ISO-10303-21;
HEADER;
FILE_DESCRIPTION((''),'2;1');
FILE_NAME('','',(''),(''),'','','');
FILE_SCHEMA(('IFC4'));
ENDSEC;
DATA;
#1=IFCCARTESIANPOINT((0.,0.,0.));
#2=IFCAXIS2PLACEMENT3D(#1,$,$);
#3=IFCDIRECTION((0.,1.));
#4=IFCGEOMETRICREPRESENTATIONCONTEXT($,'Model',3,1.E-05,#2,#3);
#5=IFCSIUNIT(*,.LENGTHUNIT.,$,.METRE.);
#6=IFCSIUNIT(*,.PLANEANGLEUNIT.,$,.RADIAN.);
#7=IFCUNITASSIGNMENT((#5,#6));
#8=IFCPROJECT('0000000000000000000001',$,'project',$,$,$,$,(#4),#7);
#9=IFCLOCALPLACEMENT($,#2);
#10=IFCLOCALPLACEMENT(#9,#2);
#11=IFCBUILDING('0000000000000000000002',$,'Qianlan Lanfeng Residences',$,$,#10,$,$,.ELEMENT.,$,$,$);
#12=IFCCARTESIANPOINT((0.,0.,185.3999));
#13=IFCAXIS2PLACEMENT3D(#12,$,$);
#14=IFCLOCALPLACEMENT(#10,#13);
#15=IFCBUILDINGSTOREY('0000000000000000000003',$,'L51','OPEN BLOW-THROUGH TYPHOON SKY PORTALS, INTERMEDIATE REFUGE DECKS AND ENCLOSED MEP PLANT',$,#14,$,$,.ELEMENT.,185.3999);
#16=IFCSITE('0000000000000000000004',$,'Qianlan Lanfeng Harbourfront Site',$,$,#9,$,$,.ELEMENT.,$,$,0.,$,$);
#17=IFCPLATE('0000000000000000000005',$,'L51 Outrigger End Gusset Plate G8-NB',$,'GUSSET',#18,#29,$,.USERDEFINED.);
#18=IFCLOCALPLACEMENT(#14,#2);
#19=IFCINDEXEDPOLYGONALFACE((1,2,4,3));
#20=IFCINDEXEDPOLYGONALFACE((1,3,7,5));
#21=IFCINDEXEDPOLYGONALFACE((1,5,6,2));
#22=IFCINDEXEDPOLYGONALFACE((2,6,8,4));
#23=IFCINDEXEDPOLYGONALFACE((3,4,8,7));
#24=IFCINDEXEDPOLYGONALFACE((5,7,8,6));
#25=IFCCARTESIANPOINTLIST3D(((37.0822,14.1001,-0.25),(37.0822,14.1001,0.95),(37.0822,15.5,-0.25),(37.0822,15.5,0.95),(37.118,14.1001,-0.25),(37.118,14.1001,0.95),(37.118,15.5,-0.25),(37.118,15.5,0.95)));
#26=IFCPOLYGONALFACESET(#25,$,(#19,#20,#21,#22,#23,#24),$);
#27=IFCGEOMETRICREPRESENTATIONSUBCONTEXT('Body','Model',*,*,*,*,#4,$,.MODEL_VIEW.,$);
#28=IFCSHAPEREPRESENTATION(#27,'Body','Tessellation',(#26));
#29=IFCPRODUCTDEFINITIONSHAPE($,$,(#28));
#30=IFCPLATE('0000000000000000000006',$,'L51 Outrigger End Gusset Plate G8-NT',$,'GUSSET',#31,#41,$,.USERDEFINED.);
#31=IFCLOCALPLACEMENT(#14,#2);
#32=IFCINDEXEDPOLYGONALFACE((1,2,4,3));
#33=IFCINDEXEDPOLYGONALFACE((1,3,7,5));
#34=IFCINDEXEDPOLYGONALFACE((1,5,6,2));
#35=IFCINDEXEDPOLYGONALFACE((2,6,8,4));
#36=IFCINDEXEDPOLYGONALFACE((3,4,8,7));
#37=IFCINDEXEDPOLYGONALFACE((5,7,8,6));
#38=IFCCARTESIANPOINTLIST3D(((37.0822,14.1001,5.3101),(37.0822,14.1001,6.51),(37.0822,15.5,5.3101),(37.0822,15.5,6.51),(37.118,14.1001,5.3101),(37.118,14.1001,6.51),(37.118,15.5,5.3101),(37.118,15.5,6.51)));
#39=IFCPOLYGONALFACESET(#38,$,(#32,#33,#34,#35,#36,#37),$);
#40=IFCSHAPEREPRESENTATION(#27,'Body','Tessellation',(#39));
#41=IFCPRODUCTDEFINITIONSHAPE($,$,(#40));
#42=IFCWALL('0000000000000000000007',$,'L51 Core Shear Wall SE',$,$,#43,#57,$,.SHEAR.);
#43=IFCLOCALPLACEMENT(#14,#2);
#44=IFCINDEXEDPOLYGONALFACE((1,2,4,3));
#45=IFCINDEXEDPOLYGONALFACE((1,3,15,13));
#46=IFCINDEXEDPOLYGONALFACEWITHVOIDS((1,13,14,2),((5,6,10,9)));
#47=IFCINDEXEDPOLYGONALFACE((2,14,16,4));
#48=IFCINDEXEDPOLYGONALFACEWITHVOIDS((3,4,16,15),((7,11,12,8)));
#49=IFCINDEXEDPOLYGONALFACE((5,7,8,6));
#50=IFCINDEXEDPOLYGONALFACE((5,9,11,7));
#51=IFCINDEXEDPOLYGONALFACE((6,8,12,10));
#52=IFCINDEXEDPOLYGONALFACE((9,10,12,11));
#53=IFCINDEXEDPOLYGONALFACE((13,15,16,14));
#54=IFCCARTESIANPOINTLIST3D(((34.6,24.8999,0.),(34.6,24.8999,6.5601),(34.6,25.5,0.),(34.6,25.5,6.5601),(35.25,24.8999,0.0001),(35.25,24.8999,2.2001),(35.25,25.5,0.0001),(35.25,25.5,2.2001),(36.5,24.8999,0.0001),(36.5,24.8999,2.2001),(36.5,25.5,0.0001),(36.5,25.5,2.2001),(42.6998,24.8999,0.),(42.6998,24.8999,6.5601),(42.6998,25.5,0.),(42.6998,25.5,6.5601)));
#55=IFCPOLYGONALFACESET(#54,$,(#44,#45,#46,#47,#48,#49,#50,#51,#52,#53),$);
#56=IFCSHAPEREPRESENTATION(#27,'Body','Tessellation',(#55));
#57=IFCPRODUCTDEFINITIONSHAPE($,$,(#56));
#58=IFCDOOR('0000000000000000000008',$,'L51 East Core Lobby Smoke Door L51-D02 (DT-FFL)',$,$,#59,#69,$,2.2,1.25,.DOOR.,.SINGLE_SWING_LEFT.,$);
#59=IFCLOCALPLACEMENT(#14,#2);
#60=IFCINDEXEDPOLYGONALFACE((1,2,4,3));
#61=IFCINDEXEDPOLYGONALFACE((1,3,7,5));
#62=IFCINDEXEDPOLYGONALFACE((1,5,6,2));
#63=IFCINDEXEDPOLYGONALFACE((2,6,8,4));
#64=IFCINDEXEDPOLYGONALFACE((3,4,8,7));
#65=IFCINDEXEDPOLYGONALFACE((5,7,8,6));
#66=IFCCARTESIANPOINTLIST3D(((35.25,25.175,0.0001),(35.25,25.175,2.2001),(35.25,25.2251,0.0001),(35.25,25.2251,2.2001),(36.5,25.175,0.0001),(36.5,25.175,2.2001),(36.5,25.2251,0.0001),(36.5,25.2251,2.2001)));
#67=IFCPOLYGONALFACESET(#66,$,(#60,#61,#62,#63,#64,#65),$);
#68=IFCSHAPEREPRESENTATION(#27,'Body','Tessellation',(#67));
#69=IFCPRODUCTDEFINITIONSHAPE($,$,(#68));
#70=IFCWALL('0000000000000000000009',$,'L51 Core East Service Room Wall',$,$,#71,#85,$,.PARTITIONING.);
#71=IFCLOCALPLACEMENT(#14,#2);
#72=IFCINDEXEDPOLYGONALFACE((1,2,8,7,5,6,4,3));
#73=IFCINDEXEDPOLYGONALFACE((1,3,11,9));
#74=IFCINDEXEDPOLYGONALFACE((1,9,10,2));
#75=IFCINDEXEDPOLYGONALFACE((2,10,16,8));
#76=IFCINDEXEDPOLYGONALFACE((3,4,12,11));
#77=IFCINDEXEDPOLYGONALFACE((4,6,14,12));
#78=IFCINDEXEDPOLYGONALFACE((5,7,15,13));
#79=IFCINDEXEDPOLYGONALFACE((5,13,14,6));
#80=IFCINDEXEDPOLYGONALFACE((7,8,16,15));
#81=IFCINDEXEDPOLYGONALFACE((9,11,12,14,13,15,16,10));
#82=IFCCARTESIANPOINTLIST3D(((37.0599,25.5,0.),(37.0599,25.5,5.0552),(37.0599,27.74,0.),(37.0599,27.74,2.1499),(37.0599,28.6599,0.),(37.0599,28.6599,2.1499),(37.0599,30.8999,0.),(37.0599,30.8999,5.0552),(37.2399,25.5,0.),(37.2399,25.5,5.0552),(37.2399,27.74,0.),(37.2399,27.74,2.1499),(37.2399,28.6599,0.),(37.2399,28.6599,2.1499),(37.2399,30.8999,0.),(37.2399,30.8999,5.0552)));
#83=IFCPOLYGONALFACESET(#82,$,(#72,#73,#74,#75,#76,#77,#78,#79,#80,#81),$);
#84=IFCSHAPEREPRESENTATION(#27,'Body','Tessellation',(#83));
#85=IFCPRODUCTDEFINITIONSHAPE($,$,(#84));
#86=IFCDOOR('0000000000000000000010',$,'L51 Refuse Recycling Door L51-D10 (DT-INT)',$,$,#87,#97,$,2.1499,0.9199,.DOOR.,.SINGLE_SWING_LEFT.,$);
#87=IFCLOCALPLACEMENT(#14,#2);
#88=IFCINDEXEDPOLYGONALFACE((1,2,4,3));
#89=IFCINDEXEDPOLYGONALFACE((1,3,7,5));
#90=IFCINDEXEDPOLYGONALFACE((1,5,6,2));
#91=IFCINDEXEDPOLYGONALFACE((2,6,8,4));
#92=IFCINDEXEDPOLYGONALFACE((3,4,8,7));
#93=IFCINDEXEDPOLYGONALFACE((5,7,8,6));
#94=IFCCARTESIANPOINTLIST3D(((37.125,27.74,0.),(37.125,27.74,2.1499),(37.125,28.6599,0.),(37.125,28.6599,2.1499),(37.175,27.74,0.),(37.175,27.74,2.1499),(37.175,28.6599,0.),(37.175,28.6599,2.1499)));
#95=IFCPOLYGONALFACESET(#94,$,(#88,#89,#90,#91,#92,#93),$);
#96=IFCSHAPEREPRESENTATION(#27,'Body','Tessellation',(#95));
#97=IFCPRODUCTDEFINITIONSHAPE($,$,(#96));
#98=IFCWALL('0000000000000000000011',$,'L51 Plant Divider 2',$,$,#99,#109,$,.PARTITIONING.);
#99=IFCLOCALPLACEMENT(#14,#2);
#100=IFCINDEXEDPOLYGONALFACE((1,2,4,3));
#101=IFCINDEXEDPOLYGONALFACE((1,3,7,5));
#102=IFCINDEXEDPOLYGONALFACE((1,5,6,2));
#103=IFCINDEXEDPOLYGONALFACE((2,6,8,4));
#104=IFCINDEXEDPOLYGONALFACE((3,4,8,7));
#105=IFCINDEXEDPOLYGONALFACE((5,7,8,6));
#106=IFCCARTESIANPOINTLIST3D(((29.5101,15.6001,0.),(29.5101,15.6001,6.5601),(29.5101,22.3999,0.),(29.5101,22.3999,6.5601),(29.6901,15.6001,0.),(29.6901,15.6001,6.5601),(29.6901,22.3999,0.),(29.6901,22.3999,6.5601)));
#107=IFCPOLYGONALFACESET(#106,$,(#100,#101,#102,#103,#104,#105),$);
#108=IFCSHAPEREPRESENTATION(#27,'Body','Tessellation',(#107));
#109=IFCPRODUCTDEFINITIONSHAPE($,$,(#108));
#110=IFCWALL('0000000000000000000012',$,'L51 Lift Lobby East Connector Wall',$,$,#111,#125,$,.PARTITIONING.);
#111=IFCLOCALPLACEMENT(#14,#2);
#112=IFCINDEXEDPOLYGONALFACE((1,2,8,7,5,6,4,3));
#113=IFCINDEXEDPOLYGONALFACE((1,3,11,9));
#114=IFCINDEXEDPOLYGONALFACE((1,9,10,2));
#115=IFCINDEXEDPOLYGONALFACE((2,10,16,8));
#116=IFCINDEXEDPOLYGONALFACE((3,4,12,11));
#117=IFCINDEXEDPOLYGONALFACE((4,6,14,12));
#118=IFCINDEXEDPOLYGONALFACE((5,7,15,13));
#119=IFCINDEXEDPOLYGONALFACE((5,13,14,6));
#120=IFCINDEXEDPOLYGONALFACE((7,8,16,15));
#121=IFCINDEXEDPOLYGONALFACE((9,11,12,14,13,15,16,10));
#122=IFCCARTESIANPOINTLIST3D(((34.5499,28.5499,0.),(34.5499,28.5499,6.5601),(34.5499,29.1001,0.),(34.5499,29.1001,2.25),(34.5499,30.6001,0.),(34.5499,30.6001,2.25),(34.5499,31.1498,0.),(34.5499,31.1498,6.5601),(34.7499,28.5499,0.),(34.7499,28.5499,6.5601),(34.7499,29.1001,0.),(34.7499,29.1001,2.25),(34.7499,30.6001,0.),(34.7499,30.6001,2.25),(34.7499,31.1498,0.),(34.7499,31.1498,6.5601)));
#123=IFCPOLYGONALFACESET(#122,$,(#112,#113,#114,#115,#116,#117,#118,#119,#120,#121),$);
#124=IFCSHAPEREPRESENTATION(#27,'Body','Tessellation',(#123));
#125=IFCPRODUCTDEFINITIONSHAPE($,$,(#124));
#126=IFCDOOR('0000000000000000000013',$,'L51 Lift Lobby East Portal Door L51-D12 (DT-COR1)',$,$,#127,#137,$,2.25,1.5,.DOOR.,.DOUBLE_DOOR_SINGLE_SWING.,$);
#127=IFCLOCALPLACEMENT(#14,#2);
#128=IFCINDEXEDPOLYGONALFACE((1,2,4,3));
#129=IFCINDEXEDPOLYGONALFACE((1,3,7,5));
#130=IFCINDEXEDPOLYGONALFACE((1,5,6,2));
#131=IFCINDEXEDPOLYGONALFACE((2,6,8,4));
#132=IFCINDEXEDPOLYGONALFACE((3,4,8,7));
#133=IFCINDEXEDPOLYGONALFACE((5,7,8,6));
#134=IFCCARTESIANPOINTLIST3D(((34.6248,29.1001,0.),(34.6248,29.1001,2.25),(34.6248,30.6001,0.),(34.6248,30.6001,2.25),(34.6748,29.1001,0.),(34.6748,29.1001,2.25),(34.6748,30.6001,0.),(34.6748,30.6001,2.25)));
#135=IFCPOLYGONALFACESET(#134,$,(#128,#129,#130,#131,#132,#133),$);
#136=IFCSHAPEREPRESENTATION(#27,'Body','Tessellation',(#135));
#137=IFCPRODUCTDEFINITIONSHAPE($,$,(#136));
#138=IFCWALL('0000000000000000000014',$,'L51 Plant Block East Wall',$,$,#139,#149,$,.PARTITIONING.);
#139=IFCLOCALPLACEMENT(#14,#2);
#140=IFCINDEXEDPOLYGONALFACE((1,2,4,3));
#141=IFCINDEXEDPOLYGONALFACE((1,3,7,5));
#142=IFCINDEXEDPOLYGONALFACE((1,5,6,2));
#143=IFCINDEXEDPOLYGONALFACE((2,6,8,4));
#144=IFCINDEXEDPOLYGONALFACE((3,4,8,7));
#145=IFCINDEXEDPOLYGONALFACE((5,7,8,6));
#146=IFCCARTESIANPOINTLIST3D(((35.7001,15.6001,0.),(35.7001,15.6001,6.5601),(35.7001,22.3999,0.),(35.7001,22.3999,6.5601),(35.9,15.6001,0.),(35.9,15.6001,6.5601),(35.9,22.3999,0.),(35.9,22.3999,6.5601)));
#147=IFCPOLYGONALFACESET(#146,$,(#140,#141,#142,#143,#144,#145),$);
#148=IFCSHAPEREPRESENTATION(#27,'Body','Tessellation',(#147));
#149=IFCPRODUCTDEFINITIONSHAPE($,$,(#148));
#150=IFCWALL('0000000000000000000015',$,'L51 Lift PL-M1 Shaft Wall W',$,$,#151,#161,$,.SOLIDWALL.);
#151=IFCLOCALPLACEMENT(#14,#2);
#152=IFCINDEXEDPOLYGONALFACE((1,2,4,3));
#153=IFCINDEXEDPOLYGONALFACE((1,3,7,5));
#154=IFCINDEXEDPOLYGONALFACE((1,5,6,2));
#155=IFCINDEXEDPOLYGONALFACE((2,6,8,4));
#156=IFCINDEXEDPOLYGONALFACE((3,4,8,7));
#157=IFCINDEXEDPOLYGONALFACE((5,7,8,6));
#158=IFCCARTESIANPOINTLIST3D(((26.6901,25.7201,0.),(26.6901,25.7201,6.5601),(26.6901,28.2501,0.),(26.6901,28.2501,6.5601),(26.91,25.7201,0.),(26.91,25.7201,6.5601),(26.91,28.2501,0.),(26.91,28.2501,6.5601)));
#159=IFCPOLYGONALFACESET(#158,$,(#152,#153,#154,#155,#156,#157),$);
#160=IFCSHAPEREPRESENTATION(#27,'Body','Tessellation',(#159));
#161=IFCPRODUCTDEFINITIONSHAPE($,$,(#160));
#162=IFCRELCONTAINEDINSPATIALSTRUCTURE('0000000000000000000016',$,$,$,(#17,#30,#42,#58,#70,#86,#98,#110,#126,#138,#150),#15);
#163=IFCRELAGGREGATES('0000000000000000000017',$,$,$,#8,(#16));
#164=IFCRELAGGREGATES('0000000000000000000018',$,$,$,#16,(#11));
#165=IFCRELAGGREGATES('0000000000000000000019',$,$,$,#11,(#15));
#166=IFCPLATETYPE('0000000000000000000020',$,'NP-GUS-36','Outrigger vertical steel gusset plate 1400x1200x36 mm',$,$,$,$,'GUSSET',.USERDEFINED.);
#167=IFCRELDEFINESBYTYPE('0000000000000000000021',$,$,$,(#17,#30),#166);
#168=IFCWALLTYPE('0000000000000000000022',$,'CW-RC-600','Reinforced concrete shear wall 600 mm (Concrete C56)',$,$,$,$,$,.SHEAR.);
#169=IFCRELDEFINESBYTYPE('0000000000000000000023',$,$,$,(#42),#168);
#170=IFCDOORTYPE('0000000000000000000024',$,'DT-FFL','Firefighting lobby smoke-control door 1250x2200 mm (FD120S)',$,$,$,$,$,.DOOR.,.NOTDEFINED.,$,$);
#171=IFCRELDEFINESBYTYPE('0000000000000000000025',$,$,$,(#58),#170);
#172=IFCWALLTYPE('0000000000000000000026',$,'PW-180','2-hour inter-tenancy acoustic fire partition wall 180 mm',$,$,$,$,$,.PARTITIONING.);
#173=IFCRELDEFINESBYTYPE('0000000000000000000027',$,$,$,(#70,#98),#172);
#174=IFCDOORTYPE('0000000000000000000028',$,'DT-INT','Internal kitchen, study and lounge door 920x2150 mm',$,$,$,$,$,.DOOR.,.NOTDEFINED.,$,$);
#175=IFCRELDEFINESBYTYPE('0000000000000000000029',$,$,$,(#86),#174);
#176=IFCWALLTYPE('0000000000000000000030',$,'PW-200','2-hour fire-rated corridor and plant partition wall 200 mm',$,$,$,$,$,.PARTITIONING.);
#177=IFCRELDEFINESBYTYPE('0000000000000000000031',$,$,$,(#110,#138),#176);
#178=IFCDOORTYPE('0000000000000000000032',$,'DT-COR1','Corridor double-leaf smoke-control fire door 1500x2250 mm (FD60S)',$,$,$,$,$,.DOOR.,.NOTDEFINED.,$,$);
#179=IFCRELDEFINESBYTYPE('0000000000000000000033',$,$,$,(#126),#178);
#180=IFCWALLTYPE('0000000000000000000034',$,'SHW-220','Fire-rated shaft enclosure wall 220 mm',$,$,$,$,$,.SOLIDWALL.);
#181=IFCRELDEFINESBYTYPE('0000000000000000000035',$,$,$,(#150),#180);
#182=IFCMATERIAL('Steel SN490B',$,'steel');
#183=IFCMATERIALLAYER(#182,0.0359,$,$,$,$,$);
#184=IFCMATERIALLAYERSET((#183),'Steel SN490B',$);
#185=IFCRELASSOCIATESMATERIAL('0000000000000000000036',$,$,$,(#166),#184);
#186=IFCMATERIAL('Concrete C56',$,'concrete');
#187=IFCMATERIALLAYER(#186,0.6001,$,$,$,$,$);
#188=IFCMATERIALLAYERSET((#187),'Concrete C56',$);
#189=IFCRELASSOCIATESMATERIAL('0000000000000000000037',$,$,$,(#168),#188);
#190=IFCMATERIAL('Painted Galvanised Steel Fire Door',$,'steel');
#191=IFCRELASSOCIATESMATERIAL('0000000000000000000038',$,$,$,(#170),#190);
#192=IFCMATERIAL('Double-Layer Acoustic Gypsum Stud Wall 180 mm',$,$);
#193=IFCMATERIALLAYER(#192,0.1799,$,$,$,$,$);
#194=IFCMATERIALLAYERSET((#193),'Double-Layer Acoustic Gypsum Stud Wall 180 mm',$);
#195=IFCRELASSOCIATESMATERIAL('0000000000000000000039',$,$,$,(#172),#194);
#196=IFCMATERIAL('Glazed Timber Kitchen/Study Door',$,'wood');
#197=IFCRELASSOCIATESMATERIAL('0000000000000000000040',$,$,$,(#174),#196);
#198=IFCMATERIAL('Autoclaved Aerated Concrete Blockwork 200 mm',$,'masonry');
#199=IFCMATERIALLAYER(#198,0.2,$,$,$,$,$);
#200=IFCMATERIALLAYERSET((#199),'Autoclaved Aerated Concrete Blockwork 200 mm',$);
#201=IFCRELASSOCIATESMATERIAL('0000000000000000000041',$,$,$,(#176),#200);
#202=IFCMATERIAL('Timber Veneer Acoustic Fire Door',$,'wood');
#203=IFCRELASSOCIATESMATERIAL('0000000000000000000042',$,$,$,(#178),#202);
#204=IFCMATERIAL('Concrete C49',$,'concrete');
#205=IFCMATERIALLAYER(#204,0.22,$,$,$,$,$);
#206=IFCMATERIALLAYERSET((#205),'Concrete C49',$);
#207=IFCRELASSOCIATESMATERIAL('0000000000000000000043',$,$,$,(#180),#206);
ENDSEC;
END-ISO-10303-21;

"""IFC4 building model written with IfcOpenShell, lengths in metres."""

from ifc_helpers import new_model, si_unit, direction, frame, frame_2d, origin, origin_2d, place, context, subcontext, project, spatial, rectangle, extrude, source, transform, mapped, material, layer, layer_set, type_object, element, fill, save


model = new_model("IFC4")

# Units and contexts
model_context = context("Model", 3, precision=1e-05, world=origin(), true_north=direction((0.0, 1.0)))
body_context = subcontext(model_context, "Body", "Model", "MODEL_VIEW")
ifc_project = project(units=[si_unit("LENGTHUNIT", "METRE"), si_unit("PLANEANGLEUNIT", "RADIAN")], contexts=[model_context])

# Site, building, storey
site_placement = place(None, origin())
site = spatial("IfcSite", under=ifc_project, at=site_placement, Name="Qianlan Lanfeng Harbourfront Site", CompositionType="ELEMENT", RefElevation=0.0)
building_placement = place(site_placement, origin())
building = spatial("IfcBuilding", under=site, at=building_placement, Name="Qianlan Lanfeng Residences", CompositionType="ELEMENT")
storey_placement = place(building_placement, frame((0.0, 0.0, 185.3999)))
storey = spatial("IfcBuildingStorey", under=building, at=storey_placement, Name="L51", Description="OPEN BLOW-THROUGH TYPHOON SKY PORTALS, INTERMEDIATE REFUGE DECKS AND ENCLOSED MEP PLANT", CompositionType="ELEMENT", Elevation=185.3999)

# Shared definitions
ifc_material_1 = material(Name="Steel SN490B", Category="steel")

# Plates
ifc_layer_1 = layer(ifc_material_1, 0.0359)
ifc_layer_set_1 = layer_set([ifc_layer_1], Name="Steel SN490B")
plate_type_1 = type_object("IfcPlateType", Name="NP-GUS-36", Description="Outrigger vertical steel gusset plate 1400x1200x36 mm", ElementType="GUSSET", PredefinedType="USERDEFINED", material=ifc_layer_set_1)
shared_shape_1 = source(origin(), body_context, "Body", "SweptSolid", [
    extrude(rectangle(XDim=0.0359, YDim=1.3999, at=origin_2d()), origin(), (0.0, 0.0, 1.0), 1.2),
])
for number, where, z_axis, x_axis, name in (
    (1, (37.1001, 14.8, -0.25), (0.0, 0.0, 1.0), (1.0, 0.0, 0.0), "L51 Outrigger End Gusset Plate G8-NB"),
    (2, (37.1001, 14.8, 5.3101), (0.0, 0.0, 1.0), (1.0, 0.0, 0.0), "L51 Outrigger End Gusset Plate G8-NT"),
):
    element("IfcPlate", number, at=place(storey_placement, frame(where, z_axis=z_axis, x_axis=x_axis)), inside=storey, type_object=plate_type_1, Name=name, ObjectType="GUSSET", PredefinedType="USERDEFINED", context=body_context, shape_type="MappedRepresentation", body=[
        mapped(shared_shape_1, transform((0.0, 0.0, 0.0), scale=1.0)),
    ])

# Walls, openings, doors
ifc_material_2 = material(Name="Concrete C56", Category="concrete")
ifc_layer_2 = layer(ifc_material_2, 0.6001)
ifc_layer_set_2 = layer_set([ifc_layer_2], Name="Concrete C56")
wall_type_1 = type_object("IfcWallType", Name="CW-RC-600", Description="Reinforced concrete shear wall 600 mm (Concrete C56)", PredefinedType="SHEAR", material=ifc_layer_set_2)
wall_1_placement = place(storey_placement, frame((34.6001, 25.2, 0.0), z_axis=(0.0, 0.0, 1.0), x_axis=(1.0, 0.0, 0.0)))
wall_1 = element("IfcWall", 3, at=wall_1_placement, inside=storey, type_object=wall_type_1, Name="L51 Core Shear Wall SE", PredefinedType="SHEAR", context=body_context, shape_type="SweptSolid", body=[
    extrude(rectangle(XDim=8.0999, YDim=0.6001, at=frame_2d((4.0498, 0.0))), origin(), (0.0, 0.0, 1.0), 6.5601),
])
opening_1_placement = place(wall_1_placement, frame((0.6499, 0.0, 0.0)))
opening_1 = element("IfcOpeningElement", 4, at=opening_1_placement, cuts=wall_1, PredefinedType="OPENING", context=body_context, shape_type="SweptSolid", body=[
    extrude(rectangle(XDim=1.25, YDim=2.2, at=frame_2d((0.625, 1.1001))), frame((0.0, 0.3101, 0.0), z_axis=(0.0, -1.0, 0.0), x_axis=(1.0, 0.0, 0.0)), (0.0, 0.0, 1.0), 0.6201),
])
ifc_material_3 = material(Name="Painted Galvanised Steel Fire Door", Category="steel")
door_type_1 = type_object("IfcDoorType", Name="DT-FFL", Description="Firefighting lobby smoke-control door 1250x2200 mm (FD120S)", OperationType="NOTDEFINED", PredefinedType="DOOR", material=ifc_material_3)
door_1_placement = place(opening_1_placement, frame((1.25, 0.0, 0.0), z_axis=(0.0, 0.0, 1.0), x_axis=(-1.0, 0.0, 0.0)))
door_1 = element("IfcDoor", 5, at=door_1_placement, inside=storey, type_object=door_type_1, Name="L51 East Core Lobby Smoke Door L51-D02 (DT-FFL)", OperationType="SINGLE_SWING_LEFT", OverallHeight=2.2, OverallWidth=1.25, PredefinedType="DOOR", context=body_context, shape_type="SweptSolid", body=[
    extrude(rectangle(XDim=1.25, YDim=2.2, at=frame_2d((0.625, 1.1001))), frame((0.0, 0.0249, 0.0), z_axis=(0.0, -1.0, 0.0), x_axis=(1.0, 0.0, 0.0)), (0.0, 0.0, 1.0), 0.05),
])
fill(opening_1, door_1)
ifc_material_4 = material(Name="Double-Layer Acoustic Gypsum Stud Wall 180 mm")
ifc_layer_3 = layer(ifc_material_4, 0.1799)
ifc_layer_set_3 = layer_set([ifc_layer_3], Name="Double-Layer Acoustic Gypsum Stud Wall 180 mm")
wall_type_2 = type_object("IfcWallType", Name="PW-180", Description="2-hour inter-tenancy acoustic fire partition wall 180 mm", PredefinedType="PARTITIONING", material=ifc_layer_set_3)
wall_2_placement = place(storey_placement, frame((37.1499, 25.5, 0.0), z_axis=(0.0, 0.0, 1.0), x_axis=(0.0, 1.0, 0.0)))
wall_2 = element("IfcWall", 6, at=wall_2_placement, inside=storey, type_object=wall_type_2, Name="L51 Core East Service Room Wall", PredefinedType="PARTITIONING", context=body_context, shape_type="SweptSolid", body=[
    extrude(rectangle(XDim=5.3999, YDim=0.1799, at=frame_2d((2.7, 0.0))), origin(), (0.0, 0.0, 1.0), 5.0552),
])
opening_2_placement = place(wall_2_placement, frame((2.24, 0.0, 0.0)))
opening_2 = element("IfcOpeningElement", 7, at=opening_2_placement, cuts=wall_2, PredefinedType="OPENING", context=body_context, shape_type="SweptSolid", body=[
    extrude(rectangle(XDim=0.9199, YDim=2.1499, at=frame_2d((0.46, 1.075))), frame((0.0, 0.1001, 0.0), z_axis=(0.0, -1.0, 0.0), x_axis=(1.0, 0.0, 0.0)), (0.0, 0.0, 1.0), 0.2),
])
ifc_material_5 = material(Name="Glazed Timber Kitchen/Study Door", Category="wood")
door_type_2 = type_object("IfcDoorType", Name="DT-INT", Description="Internal kitchen, study and lounge door 920x2150 mm", OperationType="NOTDEFINED", PredefinedType="DOOR", material=ifc_material_5)
door_2_placement = place(opening_2_placement, origin())
door_2 = element("IfcDoor", 8, at=door_2_placement, inside=storey, type_object=door_type_2, Name="L51 Refuse Recycling Door L51-D10 (DT-INT)", OperationType="SINGLE_SWING_LEFT", OverallHeight=2.1499, OverallWidth=0.9199, PredefinedType="DOOR", context=body_context, shape_type="SweptSolid", body=[
    extrude(rectangle(XDim=0.9199, YDim=2.1499, at=frame_2d((0.46, 1.075))), frame((0.0, 0.0249, 0.0), z_axis=(0.0, -1.0, 0.0), x_axis=(1.0, 0.0, 0.0)), (0.0, 0.0, 1.0), 0.05),
])
fill(opening_2, door_2)

# Wall
wall_3_placement = place(storey_placement, frame((29.6001, 15.6001, 0.0), z_axis=(0.0, 0.0, 1.0), x_axis=(0.0, 1.0, 0.0)))
element("IfcWall", 9, at=wall_3_placement, inside=storey, type_object=wall_type_2, Name="L51 Plant Divider 2", PredefinedType="PARTITIONING", context=body_context, shape_type="SweptSolid", body=[
    extrude(rectangle(XDim=6.7998, YDim=0.1799, at=frame_2d((3.3999, 0.0))), origin(), (0.0, 0.0, 1.0), 6.5601),
])

# Wall, opening, door
ifc_material_6 = material(Name="Autoclaved Aerated Concrete Blockwork 200 mm", Category="masonry")
ifc_layer_4 = layer(ifc_material_6, 0.2)
ifc_layer_set_4 = layer_set([ifc_layer_4], Name="Autoclaved Aerated Concrete Blockwork 200 mm")
wall_type_3 = type_object("IfcWallType", Name="PW-200", Description="2-hour fire-rated corridor and plant partition wall 200 mm", PredefinedType="PARTITIONING", material=ifc_layer_set_4)
wall_4_placement = place(storey_placement, frame((34.6499, 28.55, 0.0), z_axis=(0.0, 0.0, 1.0), x_axis=(0.0, 1.0, 0.0)))
wall_4 = element("IfcWall", 10, at=wall_4_placement, inside=storey, type_object=wall_type_3, Name="L51 Lift Lobby East Connector Wall", PredefinedType="PARTITIONING", context=body_context, shape_type="SweptSolid", body=[
    extrude(rectangle(XDim=2.5999, YDim=0.2, at=frame_2d((1.2998, 0.0))), origin(), (0.0, 0.0, 1.0), 6.5601),
])
opening_3_placement = place(wall_4_placement, frame((0.55, 0.0, 0.0)))
opening_3 = element("IfcOpeningElement", 11, at=opening_3_placement, cuts=wall_4, PredefinedType="OPENING", context=body_context, shape_type="SweptSolid", body=[
    extrude(rectangle(XDim=1.5, YDim=2.25, at=frame_2d((0.75, 1.125))), frame((0.0, 0.1099, 0.0), z_axis=(0.0, -1.0, 0.0), x_axis=(1.0, 0.0, 0.0)), (0.0, 0.0, 1.0), 0.22),
])
ifc_material_7 = material(Name="Timber Veneer Acoustic Fire Door", Category="wood")
door_type_3 = type_object("IfcDoorType", Name="DT-COR1", Description="Corridor double-leaf smoke-control fire door 1500x2250 mm (FD60S)", OperationType="NOTDEFINED", PredefinedType="DOOR", material=ifc_material_7)
door_3_placement = place(opening_3_placement, frame((1.5, 0.0, 0.0), z_axis=(0.0, 0.0, 1.0), x_axis=(-1.0, 0.0, 0.0)))
door_3 = element("IfcDoor", 12, at=door_3_placement, inside=storey, type_object=door_type_3, Name="L51 Lift Lobby East Portal Door L51-D12 (DT-COR1)", OperationType="DOUBLE_DOOR_SINGLE_SWING", OverallHeight=2.25, OverallWidth=1.5, PredefinedType="DOOR", context=body_context, shape_type="SweptSolid", body=[
    extrude(rectangle(XDim=1.5, YDim=2.25, at=frame_2d((0.75, 1.125))), frame((0.0, 0.0249, 0.0), z_axis=(0.0, -1.0, 0.0), x_axis=(1.0, 0.0, 0.0)), (0.0, 0.0, 1.0), 0.05),
])
fill(opening_3, door_3)

# Walls
wall_5_placement = place(storey_placement, frame((35.8, 15.6001, 0.0), z_axis=(0.0, 0.0, 1.0), x_axis=(0.0, 1.0, 0.0)))
element("IfcWall", 13, at=wall_5_placement, inside=storey, type_object=wall_type_3, Name="L51 Plant Block East Wall", PredefinedType="PARTITIONING", context=body_context, shape_type="SweptSolid", body=[
    extrude(rectangle(XDim=6.7998, YDim=0.2, at=frame_2d((3.3999, 0.0))), origin(), (0.0, 0.0, 1.0), 6.5601),
])
ifc_material_8 = material(Name="Concrete C49", Category="concrete")
ifc_layer_5 = layer(ifc_material_8, 0.22)
ifc_layer_set_5 = layer_set([ifc_layer_5], Name="Concrete C49")
wall_type_4 = type_object("IfcWallType", Name="SHW-220", Description="Fire-rated shaft enclosure wall 220 mm", PredefinedType="SOLIDWALL", material=ifc_layer_set_5)
wall_6_placement = place(storey_placement, frame((26.8, 25.72, 0.0), z_axis=(0.0, 0.0, 1.0), x_axis=(0.0, 1.0, 0.0)))
element("IfcWall", 14, at=wall_6_placement, inside=storey, type_object=wall_type_4, Name="L51 Lift PL-M1 Shaft Wall W", PredefinedType="SOLIDWALL", context=body_context, shape_type="SweptSolid", body=[
    extrude(rectangle(XDim=2.53, YDim=0.22, at=frame_2d((1.2651, 0.0))), origin(), (0.0, 0.0, 1.0), 6.5601),
])

save(model, "model.ifc")
